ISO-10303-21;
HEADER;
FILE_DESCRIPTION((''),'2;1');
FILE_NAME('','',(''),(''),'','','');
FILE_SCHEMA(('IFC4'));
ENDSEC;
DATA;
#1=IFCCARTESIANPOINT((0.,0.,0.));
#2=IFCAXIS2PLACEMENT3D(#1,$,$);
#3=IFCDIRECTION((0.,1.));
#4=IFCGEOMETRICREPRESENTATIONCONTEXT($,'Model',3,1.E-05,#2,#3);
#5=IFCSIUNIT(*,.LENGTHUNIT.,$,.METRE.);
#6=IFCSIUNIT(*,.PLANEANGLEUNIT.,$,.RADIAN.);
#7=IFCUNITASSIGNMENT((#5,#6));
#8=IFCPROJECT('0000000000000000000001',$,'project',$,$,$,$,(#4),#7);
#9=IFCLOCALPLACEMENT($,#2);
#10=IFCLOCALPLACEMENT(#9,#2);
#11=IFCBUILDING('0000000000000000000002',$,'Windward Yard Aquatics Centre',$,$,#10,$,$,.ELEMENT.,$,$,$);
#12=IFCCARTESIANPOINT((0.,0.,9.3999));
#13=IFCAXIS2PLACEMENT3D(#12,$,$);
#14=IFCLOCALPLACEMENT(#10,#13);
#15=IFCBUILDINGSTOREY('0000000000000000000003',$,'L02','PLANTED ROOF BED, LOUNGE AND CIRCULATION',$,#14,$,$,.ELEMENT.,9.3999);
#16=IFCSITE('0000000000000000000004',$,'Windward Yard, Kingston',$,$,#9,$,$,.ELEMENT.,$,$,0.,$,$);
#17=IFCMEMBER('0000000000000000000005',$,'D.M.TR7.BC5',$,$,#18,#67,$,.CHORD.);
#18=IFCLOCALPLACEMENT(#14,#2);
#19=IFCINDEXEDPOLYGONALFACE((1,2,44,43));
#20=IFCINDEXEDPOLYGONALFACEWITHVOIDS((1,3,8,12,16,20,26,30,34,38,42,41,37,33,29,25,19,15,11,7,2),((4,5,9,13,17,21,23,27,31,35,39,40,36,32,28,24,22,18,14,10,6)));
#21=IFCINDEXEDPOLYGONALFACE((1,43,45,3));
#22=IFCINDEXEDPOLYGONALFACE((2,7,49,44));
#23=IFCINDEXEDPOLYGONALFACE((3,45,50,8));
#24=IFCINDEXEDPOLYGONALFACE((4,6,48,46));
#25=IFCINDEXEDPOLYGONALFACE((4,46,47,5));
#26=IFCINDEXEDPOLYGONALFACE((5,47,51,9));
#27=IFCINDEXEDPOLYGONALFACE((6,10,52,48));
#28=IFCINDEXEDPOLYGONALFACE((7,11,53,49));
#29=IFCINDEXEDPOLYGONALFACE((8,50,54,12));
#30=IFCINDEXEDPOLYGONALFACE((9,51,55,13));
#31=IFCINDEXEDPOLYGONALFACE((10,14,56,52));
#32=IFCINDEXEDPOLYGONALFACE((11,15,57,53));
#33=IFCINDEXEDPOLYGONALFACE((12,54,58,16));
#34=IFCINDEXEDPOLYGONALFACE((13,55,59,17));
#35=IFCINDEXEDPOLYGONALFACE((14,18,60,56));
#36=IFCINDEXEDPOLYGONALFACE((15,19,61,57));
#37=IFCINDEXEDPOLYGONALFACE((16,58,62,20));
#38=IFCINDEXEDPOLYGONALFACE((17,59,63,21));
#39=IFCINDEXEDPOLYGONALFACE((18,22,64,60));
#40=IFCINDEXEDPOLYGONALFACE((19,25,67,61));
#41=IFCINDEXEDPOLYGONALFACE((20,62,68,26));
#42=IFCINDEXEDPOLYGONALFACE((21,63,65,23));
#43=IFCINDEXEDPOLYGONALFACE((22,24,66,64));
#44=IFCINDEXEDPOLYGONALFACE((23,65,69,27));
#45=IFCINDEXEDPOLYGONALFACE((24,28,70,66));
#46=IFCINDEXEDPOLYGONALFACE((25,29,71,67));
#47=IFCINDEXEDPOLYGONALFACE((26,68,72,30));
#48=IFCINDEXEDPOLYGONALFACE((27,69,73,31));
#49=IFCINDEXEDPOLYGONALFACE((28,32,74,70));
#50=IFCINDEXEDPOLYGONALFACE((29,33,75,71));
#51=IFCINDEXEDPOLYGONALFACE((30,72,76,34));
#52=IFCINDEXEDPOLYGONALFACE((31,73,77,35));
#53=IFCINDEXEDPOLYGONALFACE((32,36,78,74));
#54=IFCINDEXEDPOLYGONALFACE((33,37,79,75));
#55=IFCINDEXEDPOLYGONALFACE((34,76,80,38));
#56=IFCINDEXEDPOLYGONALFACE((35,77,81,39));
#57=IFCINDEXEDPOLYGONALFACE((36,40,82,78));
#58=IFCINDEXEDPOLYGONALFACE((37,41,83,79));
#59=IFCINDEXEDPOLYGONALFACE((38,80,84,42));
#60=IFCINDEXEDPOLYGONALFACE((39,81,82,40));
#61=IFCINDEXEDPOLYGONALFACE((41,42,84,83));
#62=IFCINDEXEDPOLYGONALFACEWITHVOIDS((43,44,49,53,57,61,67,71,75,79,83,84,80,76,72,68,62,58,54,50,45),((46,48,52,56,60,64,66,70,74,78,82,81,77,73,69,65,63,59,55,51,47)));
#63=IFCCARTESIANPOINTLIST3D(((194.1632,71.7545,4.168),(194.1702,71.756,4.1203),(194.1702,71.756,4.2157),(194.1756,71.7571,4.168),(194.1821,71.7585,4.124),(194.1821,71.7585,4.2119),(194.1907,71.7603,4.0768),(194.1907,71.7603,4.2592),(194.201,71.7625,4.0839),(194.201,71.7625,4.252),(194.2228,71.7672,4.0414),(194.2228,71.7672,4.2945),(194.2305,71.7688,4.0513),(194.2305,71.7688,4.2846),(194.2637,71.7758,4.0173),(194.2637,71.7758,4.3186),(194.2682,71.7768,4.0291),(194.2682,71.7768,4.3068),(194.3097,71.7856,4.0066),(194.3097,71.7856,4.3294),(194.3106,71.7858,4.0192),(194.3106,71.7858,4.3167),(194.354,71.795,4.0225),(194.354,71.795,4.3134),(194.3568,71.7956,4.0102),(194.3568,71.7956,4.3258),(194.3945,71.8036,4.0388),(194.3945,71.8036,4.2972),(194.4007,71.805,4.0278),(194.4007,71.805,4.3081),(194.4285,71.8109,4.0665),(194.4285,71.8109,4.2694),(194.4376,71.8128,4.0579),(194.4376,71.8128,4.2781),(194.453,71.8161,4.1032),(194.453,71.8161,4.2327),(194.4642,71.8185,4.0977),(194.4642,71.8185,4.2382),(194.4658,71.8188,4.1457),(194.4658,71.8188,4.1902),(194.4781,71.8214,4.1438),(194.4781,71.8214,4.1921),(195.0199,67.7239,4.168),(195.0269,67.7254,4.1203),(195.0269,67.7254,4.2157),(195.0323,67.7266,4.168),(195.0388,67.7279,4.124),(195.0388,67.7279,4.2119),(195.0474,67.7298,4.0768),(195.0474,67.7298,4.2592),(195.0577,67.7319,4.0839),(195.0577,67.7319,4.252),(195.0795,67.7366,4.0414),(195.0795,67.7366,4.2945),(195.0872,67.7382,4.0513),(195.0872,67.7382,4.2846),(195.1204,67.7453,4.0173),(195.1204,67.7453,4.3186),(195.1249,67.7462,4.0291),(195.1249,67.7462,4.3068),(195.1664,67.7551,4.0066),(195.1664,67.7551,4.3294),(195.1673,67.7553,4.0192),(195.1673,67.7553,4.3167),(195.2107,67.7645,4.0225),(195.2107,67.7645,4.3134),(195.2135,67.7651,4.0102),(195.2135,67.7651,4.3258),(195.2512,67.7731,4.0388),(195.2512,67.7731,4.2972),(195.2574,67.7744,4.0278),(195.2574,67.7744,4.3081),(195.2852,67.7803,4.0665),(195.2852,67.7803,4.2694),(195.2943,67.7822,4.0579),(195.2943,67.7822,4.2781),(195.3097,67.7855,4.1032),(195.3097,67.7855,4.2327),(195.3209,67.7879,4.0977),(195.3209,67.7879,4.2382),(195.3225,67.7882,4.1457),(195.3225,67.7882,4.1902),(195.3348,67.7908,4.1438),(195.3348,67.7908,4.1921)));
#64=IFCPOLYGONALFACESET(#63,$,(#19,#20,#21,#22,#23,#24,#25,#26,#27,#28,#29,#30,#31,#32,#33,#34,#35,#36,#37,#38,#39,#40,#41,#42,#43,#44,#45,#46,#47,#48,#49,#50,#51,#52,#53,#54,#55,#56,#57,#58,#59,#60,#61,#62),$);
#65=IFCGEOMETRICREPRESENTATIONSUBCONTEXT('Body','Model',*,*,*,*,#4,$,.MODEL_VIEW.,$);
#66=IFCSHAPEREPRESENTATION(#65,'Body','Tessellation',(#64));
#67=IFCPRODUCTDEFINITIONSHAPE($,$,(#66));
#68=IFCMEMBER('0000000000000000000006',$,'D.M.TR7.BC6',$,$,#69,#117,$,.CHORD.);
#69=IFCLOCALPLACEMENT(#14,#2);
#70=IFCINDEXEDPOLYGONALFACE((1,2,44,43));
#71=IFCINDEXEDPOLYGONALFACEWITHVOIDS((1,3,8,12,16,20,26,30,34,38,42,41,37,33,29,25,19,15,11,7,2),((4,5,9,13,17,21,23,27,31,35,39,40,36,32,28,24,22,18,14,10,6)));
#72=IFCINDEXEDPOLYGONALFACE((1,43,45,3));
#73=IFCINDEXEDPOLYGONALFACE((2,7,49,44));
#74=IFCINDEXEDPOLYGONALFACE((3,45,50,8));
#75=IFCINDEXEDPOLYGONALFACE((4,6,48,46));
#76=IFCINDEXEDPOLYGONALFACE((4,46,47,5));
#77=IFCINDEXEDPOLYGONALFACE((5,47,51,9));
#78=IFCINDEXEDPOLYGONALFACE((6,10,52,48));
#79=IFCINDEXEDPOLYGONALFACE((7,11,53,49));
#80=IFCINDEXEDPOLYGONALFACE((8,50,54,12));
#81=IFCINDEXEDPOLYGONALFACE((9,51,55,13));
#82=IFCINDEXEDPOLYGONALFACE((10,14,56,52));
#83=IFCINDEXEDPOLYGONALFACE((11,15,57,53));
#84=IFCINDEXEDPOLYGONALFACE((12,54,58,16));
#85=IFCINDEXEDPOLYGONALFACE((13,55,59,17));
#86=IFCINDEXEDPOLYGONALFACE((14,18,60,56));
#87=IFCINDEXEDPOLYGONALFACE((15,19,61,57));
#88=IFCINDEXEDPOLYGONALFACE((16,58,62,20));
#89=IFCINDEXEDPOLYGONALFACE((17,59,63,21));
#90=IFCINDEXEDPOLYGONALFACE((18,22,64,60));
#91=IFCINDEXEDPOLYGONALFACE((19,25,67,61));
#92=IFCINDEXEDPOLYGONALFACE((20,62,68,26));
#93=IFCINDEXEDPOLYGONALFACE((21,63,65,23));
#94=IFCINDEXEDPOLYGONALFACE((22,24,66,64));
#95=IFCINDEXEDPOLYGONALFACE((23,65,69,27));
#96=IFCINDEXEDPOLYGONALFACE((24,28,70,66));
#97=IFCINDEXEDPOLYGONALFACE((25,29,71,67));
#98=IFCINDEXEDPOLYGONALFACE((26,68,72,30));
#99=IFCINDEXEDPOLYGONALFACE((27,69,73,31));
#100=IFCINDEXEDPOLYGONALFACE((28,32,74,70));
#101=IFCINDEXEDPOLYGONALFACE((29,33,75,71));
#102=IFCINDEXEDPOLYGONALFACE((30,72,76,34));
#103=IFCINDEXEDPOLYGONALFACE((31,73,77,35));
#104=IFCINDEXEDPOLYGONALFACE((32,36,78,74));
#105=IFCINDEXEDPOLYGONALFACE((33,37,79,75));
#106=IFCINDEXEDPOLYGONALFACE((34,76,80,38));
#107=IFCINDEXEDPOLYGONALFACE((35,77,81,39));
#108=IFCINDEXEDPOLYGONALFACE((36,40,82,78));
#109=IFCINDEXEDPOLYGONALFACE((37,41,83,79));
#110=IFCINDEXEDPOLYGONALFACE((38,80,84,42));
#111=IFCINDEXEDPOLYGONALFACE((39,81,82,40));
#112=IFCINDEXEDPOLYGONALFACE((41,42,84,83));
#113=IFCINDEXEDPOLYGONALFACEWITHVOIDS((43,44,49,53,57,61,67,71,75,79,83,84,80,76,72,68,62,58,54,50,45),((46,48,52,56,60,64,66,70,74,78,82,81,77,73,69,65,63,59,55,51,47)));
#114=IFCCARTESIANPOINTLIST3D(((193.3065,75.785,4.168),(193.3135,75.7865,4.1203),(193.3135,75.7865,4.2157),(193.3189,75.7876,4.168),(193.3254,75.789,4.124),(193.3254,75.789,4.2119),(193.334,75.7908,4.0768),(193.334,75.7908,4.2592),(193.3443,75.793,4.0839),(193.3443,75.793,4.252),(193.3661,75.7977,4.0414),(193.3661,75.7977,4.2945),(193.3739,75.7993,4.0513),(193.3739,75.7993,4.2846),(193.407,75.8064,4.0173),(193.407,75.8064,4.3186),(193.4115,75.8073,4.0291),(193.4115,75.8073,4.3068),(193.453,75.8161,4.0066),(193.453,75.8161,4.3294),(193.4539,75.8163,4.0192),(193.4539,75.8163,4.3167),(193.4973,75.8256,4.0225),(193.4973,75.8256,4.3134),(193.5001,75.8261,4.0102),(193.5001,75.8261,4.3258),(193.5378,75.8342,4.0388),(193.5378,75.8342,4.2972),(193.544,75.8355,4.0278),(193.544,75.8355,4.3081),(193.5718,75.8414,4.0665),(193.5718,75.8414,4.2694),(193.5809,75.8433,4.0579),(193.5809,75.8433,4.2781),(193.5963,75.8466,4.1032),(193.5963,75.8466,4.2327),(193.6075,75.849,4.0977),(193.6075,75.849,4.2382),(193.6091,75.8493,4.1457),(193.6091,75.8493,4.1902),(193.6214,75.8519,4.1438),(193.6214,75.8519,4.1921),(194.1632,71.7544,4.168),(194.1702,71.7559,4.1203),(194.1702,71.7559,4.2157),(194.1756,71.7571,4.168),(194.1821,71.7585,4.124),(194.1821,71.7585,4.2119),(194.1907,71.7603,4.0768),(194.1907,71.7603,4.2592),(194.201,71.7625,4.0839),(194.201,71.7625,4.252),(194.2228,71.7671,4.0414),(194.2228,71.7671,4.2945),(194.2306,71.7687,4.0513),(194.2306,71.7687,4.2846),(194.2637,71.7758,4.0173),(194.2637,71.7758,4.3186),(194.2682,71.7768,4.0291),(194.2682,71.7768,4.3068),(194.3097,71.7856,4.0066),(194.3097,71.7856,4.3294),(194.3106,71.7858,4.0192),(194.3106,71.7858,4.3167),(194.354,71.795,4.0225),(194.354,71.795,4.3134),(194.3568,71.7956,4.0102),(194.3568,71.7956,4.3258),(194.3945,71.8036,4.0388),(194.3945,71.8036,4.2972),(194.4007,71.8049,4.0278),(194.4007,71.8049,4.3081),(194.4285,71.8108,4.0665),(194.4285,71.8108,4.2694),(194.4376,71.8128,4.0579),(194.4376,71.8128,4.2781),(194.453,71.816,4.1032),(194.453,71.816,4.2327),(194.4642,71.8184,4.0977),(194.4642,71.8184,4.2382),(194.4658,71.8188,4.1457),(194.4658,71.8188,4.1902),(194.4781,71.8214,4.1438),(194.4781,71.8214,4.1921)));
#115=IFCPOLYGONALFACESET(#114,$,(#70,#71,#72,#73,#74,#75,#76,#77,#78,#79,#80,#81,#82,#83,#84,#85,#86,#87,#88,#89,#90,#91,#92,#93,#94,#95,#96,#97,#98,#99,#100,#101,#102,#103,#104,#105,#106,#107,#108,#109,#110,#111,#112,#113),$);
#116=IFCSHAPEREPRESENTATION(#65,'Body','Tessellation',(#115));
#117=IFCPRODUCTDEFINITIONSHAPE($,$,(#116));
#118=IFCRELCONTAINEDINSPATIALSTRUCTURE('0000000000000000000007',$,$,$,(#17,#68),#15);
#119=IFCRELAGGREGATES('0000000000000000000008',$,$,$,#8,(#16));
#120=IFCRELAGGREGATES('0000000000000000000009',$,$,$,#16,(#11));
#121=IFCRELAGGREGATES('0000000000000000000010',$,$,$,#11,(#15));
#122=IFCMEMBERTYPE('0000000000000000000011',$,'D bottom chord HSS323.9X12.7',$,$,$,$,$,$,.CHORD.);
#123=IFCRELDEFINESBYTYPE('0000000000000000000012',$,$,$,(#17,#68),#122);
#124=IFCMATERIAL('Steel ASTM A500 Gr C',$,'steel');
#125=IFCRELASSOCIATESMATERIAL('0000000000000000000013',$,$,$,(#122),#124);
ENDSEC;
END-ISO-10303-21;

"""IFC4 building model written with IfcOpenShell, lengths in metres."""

from ifc_helpers import new_model, si_unit, direction, frame, origin, origin_2d, place, context, subcontext, project, spatial, hollow_circle, extrude, material, material_profile, profile_set, type_object, element, save


model = new_model("IFC4")

# Units and contexts
model_context = context("Model", 3, precision=1e-05, world=origin(), true_north=direction((0.0, 1.0)))
body_context = subcontext(model_context, "Body", "Model", "MODEL_VIEW")
ifc_project = project(units=[si_unit("LENGTHUNIT", "METRE"), si_unit("PLANEANGLEUNIT", "RADIAN")], contexts=[model_context])

# Site, building, storey
site_placement = place(None, origin())
site = spatial("IfcSite", under=ifc_project, at=site_placement, Name="Windward Yard, Kingston", CompositionType="ELEMENT", RefElevation=0.0)
building_placement = place(site_placement, origin())
building = spatial("IfcBuilding", under=site, at=building_placement, Name="Windward Yard Aquatics Centre", CompositionType="ELEMENT")
storey_placement = place(building_placement, frame((0.0, 0.0, 9.3999)))
storey = spatial("IfcBuildingStorey", under=building, at=storey_placement, Name="L02", Description="PLANTED ROOF BED, LOUNGE AND CIRCULATION", CompositionType="ELEMENT", Elevation=9.3999)

# Shared definitions
ifc_material_1 = material(Name="Steel ASTM A500 Gr C", Category="steel")

# Members
ifc_material_profile_1 = material_profile(ifc_material_1, hollow_circle(Radius=0.1619, WallThickness=0.0127, at=origin_2d()), Name="HSS323.9X12.7")
ifc_profile_set_1 = profile_set([ifc_material_profile_1], Name="Steel ASTM A500 Gr C")
member_type = type_object("IfcMemberType", Name="D bottom chord HSS323.9X12.7", PredefinedType="CHORD", material=ifc_profile_set_1)
for number, where, z_axis, x_axis, name in (
    (1, (195.1782, 67.7576, 4.168), (-0.207906, 0.978149, 0.0), (-0.978149, -0.207906, 0.0), "D.M.TR7.BC5"),
    (2, (194.3215, 71.7881, 4.168), (-0.207906, 0.978149, 0.0), (-0.978149, -0.207906, 0.0), "D.M.TR7.BC6"),
):
    element("IfcMember", number, at=place(storey_placement, frame(where, z_axis=z_axis, x_axis=x_axis)), inside=storey, type_object=member_type, Name=name, PredefinedType="CHORD", context=body_context, shape_type="SweptSolid", body=[
        extrude(hollow_circle(Radius=0.1619, WallThickness=0.0127, at=origin_2d()), origin(), (0.0, 0.0, 1.0), 4.1206),
    ])

save(model, "model.ifc")
